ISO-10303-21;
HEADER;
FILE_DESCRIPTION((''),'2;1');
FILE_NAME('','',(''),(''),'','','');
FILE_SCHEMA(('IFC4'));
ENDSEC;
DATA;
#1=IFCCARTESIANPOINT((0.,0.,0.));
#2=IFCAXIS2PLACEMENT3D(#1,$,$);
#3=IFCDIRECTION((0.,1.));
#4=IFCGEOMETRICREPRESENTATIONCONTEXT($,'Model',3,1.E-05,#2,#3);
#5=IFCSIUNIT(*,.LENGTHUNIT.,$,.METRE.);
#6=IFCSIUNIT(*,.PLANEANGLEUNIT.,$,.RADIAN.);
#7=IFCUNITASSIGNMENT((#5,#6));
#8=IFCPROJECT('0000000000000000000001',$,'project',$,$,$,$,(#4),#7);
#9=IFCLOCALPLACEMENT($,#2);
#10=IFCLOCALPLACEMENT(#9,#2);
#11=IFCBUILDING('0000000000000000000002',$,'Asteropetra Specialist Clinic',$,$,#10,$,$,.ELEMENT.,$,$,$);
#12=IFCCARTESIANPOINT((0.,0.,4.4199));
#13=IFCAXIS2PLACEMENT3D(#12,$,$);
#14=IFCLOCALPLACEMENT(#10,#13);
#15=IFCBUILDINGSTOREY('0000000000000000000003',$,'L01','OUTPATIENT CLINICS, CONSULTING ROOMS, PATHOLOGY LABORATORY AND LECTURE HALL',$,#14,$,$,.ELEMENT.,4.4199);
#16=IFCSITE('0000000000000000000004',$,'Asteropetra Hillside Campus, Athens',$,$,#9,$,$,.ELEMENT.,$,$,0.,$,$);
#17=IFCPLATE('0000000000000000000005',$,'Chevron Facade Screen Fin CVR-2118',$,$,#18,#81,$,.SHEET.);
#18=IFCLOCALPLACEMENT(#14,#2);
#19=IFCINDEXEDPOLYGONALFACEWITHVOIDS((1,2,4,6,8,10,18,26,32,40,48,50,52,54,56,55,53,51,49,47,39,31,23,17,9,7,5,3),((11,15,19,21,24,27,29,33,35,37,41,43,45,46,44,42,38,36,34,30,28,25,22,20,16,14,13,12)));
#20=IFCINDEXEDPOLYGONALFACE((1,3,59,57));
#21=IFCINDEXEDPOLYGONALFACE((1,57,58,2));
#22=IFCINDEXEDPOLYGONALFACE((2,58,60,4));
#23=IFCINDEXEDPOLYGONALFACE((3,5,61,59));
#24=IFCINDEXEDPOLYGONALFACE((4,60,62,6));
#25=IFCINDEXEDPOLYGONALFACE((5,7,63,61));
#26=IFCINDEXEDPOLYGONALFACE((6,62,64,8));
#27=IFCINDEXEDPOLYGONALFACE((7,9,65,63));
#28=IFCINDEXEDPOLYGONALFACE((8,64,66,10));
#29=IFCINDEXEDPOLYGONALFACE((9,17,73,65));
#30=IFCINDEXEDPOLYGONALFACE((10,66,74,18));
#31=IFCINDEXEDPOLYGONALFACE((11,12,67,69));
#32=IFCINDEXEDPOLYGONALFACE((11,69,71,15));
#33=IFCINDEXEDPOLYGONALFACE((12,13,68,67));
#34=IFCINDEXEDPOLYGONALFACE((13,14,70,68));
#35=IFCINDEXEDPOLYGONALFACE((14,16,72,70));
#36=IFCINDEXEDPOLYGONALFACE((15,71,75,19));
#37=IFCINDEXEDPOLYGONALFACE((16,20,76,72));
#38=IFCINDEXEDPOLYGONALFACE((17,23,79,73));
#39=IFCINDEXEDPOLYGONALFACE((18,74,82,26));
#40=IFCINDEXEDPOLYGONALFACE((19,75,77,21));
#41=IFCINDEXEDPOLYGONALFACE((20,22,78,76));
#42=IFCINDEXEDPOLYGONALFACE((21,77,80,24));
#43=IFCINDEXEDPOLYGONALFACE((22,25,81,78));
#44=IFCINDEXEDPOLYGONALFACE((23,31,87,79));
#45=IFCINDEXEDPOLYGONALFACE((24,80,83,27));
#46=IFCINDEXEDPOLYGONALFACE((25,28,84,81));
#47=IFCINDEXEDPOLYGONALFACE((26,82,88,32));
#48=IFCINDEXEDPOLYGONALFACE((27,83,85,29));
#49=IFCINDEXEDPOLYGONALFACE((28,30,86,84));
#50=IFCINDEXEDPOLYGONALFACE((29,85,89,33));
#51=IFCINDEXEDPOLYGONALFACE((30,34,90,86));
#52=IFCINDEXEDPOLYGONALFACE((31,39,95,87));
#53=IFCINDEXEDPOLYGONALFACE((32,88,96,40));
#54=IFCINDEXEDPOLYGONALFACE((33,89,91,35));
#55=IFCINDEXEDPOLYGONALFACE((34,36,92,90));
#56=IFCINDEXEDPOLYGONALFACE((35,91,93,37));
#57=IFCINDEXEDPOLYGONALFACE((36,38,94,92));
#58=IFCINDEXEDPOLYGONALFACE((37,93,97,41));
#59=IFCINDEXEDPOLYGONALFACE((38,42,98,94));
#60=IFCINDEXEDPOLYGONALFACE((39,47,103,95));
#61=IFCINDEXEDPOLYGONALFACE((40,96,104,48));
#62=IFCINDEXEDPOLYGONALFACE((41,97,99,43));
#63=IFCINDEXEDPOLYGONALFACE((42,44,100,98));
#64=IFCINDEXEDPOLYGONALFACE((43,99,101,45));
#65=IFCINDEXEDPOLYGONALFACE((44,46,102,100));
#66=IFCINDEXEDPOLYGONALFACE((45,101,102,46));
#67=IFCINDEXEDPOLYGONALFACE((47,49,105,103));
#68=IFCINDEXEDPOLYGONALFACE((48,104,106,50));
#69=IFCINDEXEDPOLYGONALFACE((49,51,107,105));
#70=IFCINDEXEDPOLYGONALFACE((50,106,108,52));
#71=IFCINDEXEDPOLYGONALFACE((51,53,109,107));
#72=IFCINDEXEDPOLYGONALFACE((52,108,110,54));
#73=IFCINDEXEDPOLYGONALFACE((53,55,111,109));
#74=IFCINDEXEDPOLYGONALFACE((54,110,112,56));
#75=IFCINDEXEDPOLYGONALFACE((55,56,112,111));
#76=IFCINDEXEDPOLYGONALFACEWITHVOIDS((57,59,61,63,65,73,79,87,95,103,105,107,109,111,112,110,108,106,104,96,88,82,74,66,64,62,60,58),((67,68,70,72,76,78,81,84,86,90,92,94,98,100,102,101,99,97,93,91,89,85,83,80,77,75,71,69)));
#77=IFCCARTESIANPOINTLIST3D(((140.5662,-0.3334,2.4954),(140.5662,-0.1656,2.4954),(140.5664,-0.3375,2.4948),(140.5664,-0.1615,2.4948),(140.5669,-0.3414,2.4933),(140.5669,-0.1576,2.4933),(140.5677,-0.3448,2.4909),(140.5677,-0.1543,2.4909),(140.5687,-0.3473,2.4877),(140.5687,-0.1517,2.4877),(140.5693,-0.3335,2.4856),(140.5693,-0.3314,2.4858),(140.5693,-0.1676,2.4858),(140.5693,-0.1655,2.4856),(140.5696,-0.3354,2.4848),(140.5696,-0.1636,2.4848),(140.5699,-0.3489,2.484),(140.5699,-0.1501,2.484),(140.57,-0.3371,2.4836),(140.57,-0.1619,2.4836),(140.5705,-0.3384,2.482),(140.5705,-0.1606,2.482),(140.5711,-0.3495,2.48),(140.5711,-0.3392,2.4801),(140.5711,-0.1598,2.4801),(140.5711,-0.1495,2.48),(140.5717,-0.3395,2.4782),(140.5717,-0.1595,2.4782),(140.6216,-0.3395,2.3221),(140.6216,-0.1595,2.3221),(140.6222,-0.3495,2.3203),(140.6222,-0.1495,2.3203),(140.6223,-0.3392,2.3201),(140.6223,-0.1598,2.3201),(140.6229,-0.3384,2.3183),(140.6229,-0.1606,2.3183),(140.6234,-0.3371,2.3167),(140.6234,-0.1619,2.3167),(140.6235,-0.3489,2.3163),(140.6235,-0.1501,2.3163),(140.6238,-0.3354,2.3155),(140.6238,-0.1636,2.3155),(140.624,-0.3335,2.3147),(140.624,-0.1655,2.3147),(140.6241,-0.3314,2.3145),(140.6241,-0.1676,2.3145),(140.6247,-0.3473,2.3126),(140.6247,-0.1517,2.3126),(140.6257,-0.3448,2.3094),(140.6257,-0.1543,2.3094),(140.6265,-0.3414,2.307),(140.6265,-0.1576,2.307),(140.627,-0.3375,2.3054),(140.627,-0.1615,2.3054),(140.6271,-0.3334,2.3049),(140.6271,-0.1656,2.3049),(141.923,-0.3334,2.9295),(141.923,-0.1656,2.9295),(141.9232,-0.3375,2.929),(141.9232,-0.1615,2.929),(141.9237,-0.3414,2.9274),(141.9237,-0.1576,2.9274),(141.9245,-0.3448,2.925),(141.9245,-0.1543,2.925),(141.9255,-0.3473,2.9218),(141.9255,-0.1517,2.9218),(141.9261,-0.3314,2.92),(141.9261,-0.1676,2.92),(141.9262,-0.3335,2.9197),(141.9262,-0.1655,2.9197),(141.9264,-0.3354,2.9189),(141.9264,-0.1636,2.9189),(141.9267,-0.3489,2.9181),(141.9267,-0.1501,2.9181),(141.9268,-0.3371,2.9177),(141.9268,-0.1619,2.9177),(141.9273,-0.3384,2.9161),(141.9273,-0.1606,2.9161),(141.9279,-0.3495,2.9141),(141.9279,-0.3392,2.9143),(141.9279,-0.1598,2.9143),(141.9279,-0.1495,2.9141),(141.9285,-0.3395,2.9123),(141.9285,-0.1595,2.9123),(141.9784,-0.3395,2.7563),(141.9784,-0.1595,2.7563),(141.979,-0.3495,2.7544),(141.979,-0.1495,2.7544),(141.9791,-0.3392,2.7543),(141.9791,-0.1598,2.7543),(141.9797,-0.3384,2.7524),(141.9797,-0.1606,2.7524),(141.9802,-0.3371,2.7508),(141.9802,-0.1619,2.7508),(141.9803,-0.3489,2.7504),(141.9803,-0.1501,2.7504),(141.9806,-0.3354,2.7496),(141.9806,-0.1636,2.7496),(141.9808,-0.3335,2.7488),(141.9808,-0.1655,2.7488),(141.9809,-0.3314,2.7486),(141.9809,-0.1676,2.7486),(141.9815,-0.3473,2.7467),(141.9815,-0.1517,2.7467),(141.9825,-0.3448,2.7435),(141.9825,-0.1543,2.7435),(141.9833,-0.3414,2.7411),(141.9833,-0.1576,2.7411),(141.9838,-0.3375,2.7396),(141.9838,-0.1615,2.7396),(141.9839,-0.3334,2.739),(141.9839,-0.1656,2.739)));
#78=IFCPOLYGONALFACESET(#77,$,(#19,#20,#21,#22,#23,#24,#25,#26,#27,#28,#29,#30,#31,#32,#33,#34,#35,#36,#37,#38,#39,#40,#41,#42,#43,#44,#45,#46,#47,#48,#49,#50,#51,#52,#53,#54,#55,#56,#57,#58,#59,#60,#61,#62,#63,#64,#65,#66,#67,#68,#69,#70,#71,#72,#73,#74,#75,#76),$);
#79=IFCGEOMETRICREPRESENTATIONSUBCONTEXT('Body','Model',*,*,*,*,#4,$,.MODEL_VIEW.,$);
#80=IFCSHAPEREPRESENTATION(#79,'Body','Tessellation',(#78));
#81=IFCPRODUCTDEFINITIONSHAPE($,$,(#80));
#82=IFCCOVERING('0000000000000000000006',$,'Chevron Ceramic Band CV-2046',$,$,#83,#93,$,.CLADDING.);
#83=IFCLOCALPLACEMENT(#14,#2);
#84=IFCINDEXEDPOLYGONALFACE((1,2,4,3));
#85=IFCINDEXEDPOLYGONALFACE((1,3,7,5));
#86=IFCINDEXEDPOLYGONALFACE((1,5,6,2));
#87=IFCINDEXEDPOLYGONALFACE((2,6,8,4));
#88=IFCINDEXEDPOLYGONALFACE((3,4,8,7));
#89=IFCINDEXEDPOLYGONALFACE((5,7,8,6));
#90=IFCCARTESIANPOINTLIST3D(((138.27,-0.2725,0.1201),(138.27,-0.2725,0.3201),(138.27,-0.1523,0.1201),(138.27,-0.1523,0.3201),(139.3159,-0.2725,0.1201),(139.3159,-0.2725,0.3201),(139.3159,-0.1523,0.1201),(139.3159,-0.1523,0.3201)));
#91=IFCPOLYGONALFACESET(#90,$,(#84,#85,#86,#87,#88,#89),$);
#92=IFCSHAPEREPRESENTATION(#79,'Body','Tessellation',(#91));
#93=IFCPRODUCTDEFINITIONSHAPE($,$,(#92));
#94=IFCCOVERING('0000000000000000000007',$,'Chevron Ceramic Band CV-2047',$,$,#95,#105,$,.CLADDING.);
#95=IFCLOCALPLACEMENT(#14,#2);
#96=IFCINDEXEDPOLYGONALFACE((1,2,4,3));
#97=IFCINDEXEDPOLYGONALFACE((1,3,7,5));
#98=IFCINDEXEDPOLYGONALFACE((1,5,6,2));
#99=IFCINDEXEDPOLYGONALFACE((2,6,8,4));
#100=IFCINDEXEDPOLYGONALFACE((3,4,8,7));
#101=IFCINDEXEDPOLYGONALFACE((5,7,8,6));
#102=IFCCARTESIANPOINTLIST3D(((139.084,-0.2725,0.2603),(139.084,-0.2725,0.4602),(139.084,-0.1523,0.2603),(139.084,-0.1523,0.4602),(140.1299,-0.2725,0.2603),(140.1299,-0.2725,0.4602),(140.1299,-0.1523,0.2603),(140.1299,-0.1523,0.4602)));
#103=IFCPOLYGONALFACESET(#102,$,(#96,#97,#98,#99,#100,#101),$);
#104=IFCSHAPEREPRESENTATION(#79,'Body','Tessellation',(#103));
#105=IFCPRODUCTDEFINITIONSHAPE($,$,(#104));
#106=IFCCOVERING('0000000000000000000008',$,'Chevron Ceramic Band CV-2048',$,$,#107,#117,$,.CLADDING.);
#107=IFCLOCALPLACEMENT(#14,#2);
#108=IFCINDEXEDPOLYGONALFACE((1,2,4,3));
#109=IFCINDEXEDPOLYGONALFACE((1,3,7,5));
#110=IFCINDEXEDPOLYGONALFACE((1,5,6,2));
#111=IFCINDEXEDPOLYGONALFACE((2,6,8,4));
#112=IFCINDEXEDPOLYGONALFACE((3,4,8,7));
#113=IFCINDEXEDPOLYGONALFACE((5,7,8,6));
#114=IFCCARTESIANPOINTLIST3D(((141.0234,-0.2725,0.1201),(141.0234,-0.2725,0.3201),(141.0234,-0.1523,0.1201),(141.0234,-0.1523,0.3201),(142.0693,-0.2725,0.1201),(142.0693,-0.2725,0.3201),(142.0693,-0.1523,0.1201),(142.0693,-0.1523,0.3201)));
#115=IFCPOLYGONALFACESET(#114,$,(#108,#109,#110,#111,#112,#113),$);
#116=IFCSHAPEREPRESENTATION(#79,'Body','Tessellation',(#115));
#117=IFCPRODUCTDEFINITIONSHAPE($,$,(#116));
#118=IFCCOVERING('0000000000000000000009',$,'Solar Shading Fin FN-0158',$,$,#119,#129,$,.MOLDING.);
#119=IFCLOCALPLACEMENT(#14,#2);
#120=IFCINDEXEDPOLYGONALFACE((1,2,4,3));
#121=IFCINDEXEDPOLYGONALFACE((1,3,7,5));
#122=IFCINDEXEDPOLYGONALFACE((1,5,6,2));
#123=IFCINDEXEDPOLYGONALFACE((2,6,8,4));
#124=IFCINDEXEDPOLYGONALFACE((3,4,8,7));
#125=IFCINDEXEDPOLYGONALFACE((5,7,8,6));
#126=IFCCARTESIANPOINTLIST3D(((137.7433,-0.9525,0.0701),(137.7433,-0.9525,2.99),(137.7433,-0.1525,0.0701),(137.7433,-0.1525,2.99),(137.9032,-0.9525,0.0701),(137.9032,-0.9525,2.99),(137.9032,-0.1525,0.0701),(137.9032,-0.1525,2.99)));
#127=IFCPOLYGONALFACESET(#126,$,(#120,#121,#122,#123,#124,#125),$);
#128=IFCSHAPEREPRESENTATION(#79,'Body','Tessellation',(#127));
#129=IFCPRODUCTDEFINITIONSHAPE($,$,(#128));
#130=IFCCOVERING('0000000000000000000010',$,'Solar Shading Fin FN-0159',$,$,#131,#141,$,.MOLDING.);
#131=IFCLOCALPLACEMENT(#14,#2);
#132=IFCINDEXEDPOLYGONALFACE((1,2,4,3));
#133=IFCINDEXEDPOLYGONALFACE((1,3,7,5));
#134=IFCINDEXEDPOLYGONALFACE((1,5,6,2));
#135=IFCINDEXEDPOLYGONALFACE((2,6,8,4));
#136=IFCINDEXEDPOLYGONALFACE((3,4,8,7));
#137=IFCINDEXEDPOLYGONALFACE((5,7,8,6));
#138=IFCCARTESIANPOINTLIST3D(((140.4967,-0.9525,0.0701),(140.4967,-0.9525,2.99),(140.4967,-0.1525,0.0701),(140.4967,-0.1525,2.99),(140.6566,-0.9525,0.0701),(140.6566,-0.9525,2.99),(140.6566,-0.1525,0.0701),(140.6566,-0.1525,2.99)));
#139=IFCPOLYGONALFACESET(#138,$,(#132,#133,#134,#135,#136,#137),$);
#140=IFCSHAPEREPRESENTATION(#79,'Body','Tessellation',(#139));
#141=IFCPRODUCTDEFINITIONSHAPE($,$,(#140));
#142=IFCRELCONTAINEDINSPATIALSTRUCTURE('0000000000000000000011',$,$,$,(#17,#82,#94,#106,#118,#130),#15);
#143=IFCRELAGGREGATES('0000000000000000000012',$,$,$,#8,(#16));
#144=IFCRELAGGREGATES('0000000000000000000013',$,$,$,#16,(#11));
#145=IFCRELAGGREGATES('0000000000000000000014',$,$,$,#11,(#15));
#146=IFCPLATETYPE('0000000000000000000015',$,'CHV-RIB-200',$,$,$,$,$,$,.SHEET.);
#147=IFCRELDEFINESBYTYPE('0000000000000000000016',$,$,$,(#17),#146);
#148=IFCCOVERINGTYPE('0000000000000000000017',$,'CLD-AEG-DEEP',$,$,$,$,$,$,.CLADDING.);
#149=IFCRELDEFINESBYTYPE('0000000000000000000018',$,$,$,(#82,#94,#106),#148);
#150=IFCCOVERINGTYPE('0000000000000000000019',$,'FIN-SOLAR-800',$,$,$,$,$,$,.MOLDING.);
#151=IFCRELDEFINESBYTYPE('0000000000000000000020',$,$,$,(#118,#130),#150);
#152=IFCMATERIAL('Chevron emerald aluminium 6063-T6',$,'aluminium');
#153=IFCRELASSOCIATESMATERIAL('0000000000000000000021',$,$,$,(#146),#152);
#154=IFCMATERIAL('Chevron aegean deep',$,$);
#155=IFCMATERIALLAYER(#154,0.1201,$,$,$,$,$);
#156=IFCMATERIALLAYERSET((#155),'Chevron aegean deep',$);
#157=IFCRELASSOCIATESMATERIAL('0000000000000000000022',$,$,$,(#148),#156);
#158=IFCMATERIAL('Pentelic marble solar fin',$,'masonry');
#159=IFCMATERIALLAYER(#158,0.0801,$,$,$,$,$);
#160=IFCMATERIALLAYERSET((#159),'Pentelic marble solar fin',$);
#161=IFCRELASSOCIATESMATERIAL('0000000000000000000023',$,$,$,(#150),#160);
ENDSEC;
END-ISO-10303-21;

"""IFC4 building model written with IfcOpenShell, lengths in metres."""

from ifc_helpers import new_model, si_unit, direction, frame, origin, origin_2d, place, context, subcontext, project, spatial, rectangle, hollow_rectangle, extrude, material, layer, layer_set, material_profile, profile_set, type_object, element, save


model = new_model("IFC4")

# Units and contexts
model_context = context("Model", 3, precision=1e-05, world=origin(), true_north=direction((0.0, 1.0)))
body_context = subcontext(model_context, "Body", "Model", "MODEL_VIEW")
ifc_project = project(units=[si_unit("LENGTHUNIT", "METRE"), si_unit("PLANEANGLEUNIT", "RADIAN")], contexts=[model_context])

# Site, building, storey
site_placement = place(None, origin())
site = spatial("IfcSite", under=ifc_project, at=site_placement, Name="Asteropetra Hillside Campus, Athens", CompositionType="ELEMENT", RefElevation=0.0)
building_placement = place(site_placement, origin())
building = spatial("IfcBuilding", under=site, at=building_placement, Name="Asteropetra Specialist Clinic", CompositionType="ELEMENT")
storey_placement = place(building_placement, frame((0.0, 0.0, 4.4199)))
storey = spatial("IfcBuildingStorey", under=building, at=storey_placement, Name="L01", Description="OUTPATIENT CLINICS, CONSULTING ROOMS, PATHOLOGY LABORATORY AND LECTURE HALL", CompositionType="ELEMENT", Elevation=4.4199)

# Plate
ifc_material_1 = material(Name="Chevron emerald aluminium 6063-T6", Category="aluminium")
ifc_material_profile_1 = material_profile(ifc_material_1, hollow_rectangle(XDim=0.2, YDim=0.2, WallThickness=0.01, InnerFilletRadius=0.0081, OuterFilletRadius=0.0161, at=origin_2d()), Name="SHS 200x200x10.0")
ifc_profile_set_1 = profile_set([ifc_material_profile_1], Name="Chevron emerald aluminium 6063-T6")
plate_type = type_object("IfcPlateType", Name="CHV-RIB-200", PredefinedType="SHEET", material=ifc_profile_set_1)
for number, where, z_axis, x_axis, name in (
    (1, (140.5967, -0.2495, 2.4001), (0.952436, 0.0, 0.304738), (0.0, 1.0, 0.0), "Chevron Facade Screen Fin CVR-2118"),
):
    element("IfcPlate", number, at=place(storey_placement, frame(where, z_axis=z_axis, x_axis=x_axis)), inside=storey, type_object=plate_type, Name=name, PredefinedType="SHEET", context=body_context, shape_type="SweptSolid", body=[
        extrude(hollow_rectangle(XDim=0.2, YDim=0.2, WallThickness=0.01, InnerFilletRadius=0.0081, OuterFilletRadius=0.0161, at=origin_2d()), origin(), (0.0, 0.0, 1.0), 1.4246),
    ])

# Coverings
ifc_material_2 = material(Name="Chevron aegean deep")
ifc_layer_1 = layer(ifc_material_2, 0.1201)
ifc_layer_set_1 = layer_set([ifc_layer_1], Name="Chevron aegean deep")
covering_type_1 = type_object("IfcCoveringType", Name="CLD-AEG-DEEP", PredefinedType="CLADDING", material=ifc_layer_set_1)
for number, where, z_axis, x_axis, name in (
    (2, (138.793, -0.2124, 0.1201), (0.0, 0.0, 1.0), (1.0, 0.0, 0.0), "Chevron Ceramic Band CV-2046"),
    (3, (139.6069, -0.2124, 0.2603), (0.0, 0.0, 1.0), (1.0, 0.0, 0.0), "Chevron Ceramic Band CV-2047"),
    (4, (141.5464, -0.2124, 0.1201), (0.0, 0.0, 1.0), (1.0, 0.0, 0.0), "Chevron Ceramic Band CV-2048"),
):
    element("IfcCovering", number, at=place(storey_placement, frame(where, z_axis=z_axis, x_axis=x_axis)), inside=storey, type_object=covering_type_1, Name=name, PredefinedType="CLADDING", context=body_context, shape_type="SweptSolid", body=[
        extrude(rectangle(XDim=1.0459, YDim=0.1201, at=origin_2d()), origin(), (0.0, 0.0, 1.0), 0.2),
    ])
ifc_material_3 = material(Name="Pentelic marble solar fin", Category="masonry")
ifc_layer_2 = layer(ifc_material_3, 0.0801)
ifc_layer_set_2 = layer_set([ifc_layer_2], Name="Pentelic marble solar fin")
covering_type_2 = type_object("IfcCoveringType", Name="FIN-SOLAR-800", PredefinedType="MOLDING", material=ifc_layer_set_2)
for number, where, z_axis, x_axis, name in (
    (5, (137.8232, -0.5525, 0.0701), (0.0, 0.0, 1.0), (1.0, 0.0, 0.0), "Solar Shading Fin FN-0158"),
    (6, (140.5767, -0.5525, 0.0701), (0.0, 0.0, 1.0), (1.0, 0.0, 0.0), "Solar Shading Fin FN-0159"),
):
    element("IfcCovering", number, at=place(storey_placement, frame(where, z_axis=z_axis, x_axis=x_axis)), inside=storey, type_object=covering_type_2, Name=name, PredefinedType="MOLDING", context=body_context, shape_type="SweptSolid", body=[
        extrude(rectangle(XDim=0.1599, YDim=0.8, at=origin_2d()), origin(), (0.0, 0.0, 1.0), 2.9199),
    ])

save(model, "model.ifc")
